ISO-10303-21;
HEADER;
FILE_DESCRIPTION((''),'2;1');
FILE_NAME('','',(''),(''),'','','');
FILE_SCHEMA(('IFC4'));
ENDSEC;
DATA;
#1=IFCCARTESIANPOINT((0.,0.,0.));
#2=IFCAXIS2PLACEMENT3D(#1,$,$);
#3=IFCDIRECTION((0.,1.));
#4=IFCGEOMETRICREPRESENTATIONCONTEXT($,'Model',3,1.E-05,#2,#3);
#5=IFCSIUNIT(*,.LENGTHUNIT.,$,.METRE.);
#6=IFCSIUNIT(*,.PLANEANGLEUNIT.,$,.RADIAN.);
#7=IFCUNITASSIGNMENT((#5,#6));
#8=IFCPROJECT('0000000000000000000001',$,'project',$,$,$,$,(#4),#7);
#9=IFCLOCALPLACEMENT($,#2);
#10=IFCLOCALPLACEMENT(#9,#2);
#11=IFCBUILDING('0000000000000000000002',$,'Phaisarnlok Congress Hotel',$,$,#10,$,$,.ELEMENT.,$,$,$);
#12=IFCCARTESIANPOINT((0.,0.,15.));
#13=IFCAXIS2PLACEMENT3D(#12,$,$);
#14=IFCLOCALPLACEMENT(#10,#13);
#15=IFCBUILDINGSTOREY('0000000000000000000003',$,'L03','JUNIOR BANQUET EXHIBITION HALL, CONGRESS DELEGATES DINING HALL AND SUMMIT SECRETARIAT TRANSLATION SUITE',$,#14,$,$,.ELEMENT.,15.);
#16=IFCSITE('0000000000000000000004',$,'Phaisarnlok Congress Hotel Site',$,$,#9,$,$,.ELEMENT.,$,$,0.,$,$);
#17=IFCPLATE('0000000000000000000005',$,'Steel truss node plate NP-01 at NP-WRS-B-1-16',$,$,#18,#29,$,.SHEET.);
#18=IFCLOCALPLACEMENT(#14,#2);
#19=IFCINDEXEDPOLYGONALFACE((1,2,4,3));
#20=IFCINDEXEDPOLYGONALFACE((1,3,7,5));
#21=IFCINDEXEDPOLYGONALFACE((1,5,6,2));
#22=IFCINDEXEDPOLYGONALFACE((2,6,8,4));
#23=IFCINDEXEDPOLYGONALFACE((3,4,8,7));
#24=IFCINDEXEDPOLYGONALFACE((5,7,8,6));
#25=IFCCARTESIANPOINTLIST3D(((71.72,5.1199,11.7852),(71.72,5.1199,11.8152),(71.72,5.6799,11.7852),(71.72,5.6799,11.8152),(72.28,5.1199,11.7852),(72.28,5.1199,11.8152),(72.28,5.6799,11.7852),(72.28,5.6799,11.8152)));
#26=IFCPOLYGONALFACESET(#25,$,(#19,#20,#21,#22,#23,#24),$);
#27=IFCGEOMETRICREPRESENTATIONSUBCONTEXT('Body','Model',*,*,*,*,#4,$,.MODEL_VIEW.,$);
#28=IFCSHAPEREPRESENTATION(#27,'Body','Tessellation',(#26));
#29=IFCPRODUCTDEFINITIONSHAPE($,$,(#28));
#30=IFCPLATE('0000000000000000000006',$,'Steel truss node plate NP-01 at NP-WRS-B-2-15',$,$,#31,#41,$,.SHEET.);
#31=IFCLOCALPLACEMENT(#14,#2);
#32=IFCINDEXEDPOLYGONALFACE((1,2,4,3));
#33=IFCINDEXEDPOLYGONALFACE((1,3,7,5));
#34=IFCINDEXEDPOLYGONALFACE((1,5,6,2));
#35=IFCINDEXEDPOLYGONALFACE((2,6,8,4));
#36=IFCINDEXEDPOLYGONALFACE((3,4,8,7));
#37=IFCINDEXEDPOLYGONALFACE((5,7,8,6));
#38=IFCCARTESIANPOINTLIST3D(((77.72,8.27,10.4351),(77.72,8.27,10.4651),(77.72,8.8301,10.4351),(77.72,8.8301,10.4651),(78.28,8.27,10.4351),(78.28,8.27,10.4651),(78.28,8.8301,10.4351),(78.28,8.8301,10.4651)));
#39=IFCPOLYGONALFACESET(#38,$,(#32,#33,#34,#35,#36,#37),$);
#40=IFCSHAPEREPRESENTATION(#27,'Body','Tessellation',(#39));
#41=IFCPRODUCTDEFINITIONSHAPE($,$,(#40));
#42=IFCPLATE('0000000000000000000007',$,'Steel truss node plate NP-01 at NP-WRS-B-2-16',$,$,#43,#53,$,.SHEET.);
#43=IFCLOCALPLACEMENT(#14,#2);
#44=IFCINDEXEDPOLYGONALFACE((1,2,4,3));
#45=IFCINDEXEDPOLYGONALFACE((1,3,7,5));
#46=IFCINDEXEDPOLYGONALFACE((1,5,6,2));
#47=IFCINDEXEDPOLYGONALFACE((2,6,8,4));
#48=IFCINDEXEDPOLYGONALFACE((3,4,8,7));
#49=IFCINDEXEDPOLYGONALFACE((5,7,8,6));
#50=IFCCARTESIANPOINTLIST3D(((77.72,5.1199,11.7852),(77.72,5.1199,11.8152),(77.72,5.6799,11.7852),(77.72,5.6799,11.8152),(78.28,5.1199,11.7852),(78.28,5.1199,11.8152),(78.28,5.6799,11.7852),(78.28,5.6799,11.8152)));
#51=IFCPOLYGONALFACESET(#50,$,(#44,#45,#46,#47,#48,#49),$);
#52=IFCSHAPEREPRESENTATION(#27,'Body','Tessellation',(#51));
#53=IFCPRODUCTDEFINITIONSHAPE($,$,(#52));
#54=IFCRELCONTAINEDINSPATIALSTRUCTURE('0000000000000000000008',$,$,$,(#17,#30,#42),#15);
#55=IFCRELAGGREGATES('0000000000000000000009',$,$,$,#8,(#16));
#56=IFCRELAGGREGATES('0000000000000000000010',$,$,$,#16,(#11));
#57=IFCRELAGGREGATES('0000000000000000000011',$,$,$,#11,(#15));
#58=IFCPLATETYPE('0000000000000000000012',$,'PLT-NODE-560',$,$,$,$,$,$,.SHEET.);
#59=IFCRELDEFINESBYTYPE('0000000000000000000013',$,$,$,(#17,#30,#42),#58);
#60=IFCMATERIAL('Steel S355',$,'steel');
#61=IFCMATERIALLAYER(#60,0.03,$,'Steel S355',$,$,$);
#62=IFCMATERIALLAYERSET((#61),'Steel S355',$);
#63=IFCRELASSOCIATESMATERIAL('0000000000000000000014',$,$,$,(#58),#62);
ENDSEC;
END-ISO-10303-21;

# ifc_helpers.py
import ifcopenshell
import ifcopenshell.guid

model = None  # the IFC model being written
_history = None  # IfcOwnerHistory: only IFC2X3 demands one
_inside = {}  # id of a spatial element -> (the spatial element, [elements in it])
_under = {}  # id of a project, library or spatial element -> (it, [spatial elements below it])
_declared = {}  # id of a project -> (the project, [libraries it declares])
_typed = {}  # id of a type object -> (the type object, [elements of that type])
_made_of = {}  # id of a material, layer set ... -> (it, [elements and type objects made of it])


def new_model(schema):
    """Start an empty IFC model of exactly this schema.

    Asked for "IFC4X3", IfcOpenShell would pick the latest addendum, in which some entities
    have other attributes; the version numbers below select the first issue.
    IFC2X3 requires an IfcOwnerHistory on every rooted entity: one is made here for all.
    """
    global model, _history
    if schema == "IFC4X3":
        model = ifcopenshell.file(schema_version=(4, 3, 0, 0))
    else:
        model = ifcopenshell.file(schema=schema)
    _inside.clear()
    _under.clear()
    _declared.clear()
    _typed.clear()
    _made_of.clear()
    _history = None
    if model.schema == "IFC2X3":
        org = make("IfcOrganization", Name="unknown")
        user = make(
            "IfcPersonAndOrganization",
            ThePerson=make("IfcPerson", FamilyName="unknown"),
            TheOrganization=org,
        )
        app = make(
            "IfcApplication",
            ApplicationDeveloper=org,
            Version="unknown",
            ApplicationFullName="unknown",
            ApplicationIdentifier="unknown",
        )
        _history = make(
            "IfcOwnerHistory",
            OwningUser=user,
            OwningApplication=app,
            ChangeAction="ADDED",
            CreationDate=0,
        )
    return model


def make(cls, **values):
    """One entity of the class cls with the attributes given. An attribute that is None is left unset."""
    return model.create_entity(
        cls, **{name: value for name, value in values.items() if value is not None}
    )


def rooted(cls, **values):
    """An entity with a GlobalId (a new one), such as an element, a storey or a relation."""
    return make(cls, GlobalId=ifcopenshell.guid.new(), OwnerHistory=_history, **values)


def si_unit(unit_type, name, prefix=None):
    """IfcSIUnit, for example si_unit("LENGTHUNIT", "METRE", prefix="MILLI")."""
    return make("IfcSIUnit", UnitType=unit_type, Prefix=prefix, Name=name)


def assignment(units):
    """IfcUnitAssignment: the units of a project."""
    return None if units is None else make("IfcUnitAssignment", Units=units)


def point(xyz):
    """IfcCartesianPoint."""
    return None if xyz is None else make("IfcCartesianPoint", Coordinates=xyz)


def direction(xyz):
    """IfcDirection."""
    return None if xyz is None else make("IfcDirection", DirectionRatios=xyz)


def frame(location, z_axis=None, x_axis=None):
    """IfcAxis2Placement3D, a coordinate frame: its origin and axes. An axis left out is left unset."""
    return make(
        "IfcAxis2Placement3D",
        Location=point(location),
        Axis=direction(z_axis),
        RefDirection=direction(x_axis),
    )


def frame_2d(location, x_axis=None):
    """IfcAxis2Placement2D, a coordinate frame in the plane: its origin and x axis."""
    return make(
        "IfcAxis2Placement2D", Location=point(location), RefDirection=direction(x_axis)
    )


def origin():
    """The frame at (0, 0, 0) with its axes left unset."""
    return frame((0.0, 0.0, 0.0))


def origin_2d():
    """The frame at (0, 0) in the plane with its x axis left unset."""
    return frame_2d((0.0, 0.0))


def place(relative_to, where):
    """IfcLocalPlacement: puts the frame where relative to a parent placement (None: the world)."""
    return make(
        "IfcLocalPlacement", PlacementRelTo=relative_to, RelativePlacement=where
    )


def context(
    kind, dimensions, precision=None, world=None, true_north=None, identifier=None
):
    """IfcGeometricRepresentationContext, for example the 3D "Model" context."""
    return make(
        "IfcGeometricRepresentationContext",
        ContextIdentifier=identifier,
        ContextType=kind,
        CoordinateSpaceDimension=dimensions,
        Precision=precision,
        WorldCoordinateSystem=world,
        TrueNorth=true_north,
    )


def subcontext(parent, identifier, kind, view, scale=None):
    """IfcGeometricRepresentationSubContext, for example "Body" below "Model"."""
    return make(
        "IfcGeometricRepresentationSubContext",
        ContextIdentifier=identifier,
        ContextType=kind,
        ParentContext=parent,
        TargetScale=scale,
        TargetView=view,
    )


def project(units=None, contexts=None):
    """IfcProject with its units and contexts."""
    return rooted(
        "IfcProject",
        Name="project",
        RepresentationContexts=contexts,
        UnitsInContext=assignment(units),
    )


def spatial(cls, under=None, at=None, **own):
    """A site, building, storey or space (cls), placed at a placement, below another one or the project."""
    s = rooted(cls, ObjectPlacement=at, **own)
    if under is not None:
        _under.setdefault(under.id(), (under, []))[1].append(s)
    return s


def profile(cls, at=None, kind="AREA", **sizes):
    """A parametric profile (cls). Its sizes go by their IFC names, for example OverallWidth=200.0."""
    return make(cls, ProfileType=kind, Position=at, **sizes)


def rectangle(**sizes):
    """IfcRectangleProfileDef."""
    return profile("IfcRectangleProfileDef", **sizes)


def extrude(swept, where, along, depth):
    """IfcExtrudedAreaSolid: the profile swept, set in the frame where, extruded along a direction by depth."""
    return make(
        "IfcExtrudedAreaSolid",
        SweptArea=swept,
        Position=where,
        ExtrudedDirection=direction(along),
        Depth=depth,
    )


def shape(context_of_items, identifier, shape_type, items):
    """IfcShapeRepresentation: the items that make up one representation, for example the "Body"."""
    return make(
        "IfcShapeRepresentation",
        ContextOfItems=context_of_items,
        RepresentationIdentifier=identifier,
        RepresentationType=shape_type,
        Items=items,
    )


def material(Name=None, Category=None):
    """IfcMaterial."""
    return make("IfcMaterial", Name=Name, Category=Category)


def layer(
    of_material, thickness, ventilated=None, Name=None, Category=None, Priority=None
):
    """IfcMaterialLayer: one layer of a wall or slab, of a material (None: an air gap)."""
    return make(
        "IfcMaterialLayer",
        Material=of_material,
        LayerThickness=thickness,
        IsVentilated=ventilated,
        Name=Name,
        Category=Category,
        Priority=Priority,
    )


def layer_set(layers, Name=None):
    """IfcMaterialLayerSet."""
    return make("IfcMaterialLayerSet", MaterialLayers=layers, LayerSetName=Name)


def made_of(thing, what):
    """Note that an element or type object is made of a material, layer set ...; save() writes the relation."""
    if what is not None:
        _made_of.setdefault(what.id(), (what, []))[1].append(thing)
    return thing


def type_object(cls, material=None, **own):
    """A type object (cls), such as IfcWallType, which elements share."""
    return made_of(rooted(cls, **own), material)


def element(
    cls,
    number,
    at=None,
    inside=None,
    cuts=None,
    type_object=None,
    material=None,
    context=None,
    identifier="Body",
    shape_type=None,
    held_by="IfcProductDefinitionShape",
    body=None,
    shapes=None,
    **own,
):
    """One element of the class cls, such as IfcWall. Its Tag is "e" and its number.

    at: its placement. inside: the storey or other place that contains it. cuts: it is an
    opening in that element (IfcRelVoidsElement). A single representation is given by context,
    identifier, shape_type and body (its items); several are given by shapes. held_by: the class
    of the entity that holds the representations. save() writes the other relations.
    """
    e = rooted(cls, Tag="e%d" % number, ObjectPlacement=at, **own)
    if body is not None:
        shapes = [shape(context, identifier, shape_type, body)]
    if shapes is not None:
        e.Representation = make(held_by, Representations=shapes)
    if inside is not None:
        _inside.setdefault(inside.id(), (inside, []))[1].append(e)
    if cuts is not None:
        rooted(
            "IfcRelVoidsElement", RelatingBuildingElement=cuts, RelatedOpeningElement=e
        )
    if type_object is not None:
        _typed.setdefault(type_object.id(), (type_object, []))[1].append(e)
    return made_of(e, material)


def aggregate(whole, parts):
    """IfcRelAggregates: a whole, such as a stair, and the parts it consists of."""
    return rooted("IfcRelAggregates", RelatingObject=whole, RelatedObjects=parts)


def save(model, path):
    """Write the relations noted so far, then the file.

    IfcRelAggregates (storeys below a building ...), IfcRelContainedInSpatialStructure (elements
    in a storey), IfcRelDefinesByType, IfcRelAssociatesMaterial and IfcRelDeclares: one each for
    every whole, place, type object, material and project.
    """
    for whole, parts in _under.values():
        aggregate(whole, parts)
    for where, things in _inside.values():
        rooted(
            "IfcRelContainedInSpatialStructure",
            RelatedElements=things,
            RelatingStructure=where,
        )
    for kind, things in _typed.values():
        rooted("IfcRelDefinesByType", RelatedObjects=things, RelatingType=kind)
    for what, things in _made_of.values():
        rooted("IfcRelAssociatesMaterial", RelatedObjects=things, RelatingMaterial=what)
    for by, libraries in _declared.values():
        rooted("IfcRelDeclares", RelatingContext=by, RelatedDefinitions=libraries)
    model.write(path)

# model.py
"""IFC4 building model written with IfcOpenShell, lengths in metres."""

from ifc_helpers import new_model, si_unit, direction, frame, origin, origin_2d, place, context, subcontext, project, spatial, rectangle, extrude, material, layer, layer_set, type_object, element, save


model = new_model("IFC4")

# Units and contexts
model_context = context("Model", 3, precision=1e-05, world=origin(), true_north=direction((0.0, 1.0)))
body_context = subcontext(model_context, "Body", "Model", "MODEL_VIEW")
ifc_project = project(units=[si_unit("LENGTHUNIT", "METRE"), si_unit("PLANEANGLEUNIT", "RADIAN")], contexts=[model_context])

# Site, building, storey
site_placement = place(None, origin())
site = spatial("IfcSite", under=ifc_project, at=site_placement, Name="Phaisarnlok Congress Hotel Site", CompositionType="ELEMENT", RefElevation=0.0)
building_placement = place(site_placement, origin())
building = spatial("IfcBuilding", under=site, at=building_placement, Name="Phaisarnlok Congress Hotel", CompositionType="ELEMENT")
storey_placement = place(building_placement, frame((0.0, 0.0, 15.0)))
storey = spatial("IfcBuildingStorey", under=building, at=storey_placement, Name="L03", Description="JUNIOR BANQUET EXHIBITION HALL, CONGRESS DELEGATES DINING HALL AND SUMMIT SECRETARIAT TRANSLATION SUITE", CompositionType="ELEMENT", Elevation=15.0)

# Shared definitions
ifc_material = material(Name="Steel S355", Category="steel")

# Plates
ifc_layer_1 = layer(ifc_material, 0.03, Name="Steel S355")
ifc_layer_set_1 = layer_set([ifc_layer_1], Name="Steel S355")
plate_type_1 = type_object("IfcPlateType", Name="PLT-NODE-560", PredefinedType="SHEET", material=ifc_layer_set_1)
for number, where, z_axis, x_axis, name in (
    (1, (72.0, 5.3999, 11.7852), (0.0, 0.0, 1.0), (1.0, 0.0, 0.0), "Steel truss node plate NP-01 at NP-WRS-B-1-16"),
    (2, (78.0, 8.55, 10.4351), (0.0, 0.0, 1.0), (1.0, 0.0, 0.0), "Steel truss node plate NP-01 at NP-WRS-B-2-15"),
    (3, (78.0, 5.3999, 11.7852), (0.0, 0.0, 1.0), (1.0, 0.0, 0.0), "Steel truss node plate NP-01 at NP-WRS-B-2-16"),
):
    element("IfcPlate", number, at=place(storey_placement, frame(where, z_axis=z_axis, x_axis=x_axis)), inside=storey, type_object=plate_type_1, Name=name, PredefinedType="SHEET", context=body_context, shape_type="SweptSolid", body=[
        extrude(rectangle(XDim=0.5601, YDim=0.5601, at=origin_2d()), origin(), (0.0, 0.0, 1.0), 0.03),
    ])

save(model, "model.ifc")
